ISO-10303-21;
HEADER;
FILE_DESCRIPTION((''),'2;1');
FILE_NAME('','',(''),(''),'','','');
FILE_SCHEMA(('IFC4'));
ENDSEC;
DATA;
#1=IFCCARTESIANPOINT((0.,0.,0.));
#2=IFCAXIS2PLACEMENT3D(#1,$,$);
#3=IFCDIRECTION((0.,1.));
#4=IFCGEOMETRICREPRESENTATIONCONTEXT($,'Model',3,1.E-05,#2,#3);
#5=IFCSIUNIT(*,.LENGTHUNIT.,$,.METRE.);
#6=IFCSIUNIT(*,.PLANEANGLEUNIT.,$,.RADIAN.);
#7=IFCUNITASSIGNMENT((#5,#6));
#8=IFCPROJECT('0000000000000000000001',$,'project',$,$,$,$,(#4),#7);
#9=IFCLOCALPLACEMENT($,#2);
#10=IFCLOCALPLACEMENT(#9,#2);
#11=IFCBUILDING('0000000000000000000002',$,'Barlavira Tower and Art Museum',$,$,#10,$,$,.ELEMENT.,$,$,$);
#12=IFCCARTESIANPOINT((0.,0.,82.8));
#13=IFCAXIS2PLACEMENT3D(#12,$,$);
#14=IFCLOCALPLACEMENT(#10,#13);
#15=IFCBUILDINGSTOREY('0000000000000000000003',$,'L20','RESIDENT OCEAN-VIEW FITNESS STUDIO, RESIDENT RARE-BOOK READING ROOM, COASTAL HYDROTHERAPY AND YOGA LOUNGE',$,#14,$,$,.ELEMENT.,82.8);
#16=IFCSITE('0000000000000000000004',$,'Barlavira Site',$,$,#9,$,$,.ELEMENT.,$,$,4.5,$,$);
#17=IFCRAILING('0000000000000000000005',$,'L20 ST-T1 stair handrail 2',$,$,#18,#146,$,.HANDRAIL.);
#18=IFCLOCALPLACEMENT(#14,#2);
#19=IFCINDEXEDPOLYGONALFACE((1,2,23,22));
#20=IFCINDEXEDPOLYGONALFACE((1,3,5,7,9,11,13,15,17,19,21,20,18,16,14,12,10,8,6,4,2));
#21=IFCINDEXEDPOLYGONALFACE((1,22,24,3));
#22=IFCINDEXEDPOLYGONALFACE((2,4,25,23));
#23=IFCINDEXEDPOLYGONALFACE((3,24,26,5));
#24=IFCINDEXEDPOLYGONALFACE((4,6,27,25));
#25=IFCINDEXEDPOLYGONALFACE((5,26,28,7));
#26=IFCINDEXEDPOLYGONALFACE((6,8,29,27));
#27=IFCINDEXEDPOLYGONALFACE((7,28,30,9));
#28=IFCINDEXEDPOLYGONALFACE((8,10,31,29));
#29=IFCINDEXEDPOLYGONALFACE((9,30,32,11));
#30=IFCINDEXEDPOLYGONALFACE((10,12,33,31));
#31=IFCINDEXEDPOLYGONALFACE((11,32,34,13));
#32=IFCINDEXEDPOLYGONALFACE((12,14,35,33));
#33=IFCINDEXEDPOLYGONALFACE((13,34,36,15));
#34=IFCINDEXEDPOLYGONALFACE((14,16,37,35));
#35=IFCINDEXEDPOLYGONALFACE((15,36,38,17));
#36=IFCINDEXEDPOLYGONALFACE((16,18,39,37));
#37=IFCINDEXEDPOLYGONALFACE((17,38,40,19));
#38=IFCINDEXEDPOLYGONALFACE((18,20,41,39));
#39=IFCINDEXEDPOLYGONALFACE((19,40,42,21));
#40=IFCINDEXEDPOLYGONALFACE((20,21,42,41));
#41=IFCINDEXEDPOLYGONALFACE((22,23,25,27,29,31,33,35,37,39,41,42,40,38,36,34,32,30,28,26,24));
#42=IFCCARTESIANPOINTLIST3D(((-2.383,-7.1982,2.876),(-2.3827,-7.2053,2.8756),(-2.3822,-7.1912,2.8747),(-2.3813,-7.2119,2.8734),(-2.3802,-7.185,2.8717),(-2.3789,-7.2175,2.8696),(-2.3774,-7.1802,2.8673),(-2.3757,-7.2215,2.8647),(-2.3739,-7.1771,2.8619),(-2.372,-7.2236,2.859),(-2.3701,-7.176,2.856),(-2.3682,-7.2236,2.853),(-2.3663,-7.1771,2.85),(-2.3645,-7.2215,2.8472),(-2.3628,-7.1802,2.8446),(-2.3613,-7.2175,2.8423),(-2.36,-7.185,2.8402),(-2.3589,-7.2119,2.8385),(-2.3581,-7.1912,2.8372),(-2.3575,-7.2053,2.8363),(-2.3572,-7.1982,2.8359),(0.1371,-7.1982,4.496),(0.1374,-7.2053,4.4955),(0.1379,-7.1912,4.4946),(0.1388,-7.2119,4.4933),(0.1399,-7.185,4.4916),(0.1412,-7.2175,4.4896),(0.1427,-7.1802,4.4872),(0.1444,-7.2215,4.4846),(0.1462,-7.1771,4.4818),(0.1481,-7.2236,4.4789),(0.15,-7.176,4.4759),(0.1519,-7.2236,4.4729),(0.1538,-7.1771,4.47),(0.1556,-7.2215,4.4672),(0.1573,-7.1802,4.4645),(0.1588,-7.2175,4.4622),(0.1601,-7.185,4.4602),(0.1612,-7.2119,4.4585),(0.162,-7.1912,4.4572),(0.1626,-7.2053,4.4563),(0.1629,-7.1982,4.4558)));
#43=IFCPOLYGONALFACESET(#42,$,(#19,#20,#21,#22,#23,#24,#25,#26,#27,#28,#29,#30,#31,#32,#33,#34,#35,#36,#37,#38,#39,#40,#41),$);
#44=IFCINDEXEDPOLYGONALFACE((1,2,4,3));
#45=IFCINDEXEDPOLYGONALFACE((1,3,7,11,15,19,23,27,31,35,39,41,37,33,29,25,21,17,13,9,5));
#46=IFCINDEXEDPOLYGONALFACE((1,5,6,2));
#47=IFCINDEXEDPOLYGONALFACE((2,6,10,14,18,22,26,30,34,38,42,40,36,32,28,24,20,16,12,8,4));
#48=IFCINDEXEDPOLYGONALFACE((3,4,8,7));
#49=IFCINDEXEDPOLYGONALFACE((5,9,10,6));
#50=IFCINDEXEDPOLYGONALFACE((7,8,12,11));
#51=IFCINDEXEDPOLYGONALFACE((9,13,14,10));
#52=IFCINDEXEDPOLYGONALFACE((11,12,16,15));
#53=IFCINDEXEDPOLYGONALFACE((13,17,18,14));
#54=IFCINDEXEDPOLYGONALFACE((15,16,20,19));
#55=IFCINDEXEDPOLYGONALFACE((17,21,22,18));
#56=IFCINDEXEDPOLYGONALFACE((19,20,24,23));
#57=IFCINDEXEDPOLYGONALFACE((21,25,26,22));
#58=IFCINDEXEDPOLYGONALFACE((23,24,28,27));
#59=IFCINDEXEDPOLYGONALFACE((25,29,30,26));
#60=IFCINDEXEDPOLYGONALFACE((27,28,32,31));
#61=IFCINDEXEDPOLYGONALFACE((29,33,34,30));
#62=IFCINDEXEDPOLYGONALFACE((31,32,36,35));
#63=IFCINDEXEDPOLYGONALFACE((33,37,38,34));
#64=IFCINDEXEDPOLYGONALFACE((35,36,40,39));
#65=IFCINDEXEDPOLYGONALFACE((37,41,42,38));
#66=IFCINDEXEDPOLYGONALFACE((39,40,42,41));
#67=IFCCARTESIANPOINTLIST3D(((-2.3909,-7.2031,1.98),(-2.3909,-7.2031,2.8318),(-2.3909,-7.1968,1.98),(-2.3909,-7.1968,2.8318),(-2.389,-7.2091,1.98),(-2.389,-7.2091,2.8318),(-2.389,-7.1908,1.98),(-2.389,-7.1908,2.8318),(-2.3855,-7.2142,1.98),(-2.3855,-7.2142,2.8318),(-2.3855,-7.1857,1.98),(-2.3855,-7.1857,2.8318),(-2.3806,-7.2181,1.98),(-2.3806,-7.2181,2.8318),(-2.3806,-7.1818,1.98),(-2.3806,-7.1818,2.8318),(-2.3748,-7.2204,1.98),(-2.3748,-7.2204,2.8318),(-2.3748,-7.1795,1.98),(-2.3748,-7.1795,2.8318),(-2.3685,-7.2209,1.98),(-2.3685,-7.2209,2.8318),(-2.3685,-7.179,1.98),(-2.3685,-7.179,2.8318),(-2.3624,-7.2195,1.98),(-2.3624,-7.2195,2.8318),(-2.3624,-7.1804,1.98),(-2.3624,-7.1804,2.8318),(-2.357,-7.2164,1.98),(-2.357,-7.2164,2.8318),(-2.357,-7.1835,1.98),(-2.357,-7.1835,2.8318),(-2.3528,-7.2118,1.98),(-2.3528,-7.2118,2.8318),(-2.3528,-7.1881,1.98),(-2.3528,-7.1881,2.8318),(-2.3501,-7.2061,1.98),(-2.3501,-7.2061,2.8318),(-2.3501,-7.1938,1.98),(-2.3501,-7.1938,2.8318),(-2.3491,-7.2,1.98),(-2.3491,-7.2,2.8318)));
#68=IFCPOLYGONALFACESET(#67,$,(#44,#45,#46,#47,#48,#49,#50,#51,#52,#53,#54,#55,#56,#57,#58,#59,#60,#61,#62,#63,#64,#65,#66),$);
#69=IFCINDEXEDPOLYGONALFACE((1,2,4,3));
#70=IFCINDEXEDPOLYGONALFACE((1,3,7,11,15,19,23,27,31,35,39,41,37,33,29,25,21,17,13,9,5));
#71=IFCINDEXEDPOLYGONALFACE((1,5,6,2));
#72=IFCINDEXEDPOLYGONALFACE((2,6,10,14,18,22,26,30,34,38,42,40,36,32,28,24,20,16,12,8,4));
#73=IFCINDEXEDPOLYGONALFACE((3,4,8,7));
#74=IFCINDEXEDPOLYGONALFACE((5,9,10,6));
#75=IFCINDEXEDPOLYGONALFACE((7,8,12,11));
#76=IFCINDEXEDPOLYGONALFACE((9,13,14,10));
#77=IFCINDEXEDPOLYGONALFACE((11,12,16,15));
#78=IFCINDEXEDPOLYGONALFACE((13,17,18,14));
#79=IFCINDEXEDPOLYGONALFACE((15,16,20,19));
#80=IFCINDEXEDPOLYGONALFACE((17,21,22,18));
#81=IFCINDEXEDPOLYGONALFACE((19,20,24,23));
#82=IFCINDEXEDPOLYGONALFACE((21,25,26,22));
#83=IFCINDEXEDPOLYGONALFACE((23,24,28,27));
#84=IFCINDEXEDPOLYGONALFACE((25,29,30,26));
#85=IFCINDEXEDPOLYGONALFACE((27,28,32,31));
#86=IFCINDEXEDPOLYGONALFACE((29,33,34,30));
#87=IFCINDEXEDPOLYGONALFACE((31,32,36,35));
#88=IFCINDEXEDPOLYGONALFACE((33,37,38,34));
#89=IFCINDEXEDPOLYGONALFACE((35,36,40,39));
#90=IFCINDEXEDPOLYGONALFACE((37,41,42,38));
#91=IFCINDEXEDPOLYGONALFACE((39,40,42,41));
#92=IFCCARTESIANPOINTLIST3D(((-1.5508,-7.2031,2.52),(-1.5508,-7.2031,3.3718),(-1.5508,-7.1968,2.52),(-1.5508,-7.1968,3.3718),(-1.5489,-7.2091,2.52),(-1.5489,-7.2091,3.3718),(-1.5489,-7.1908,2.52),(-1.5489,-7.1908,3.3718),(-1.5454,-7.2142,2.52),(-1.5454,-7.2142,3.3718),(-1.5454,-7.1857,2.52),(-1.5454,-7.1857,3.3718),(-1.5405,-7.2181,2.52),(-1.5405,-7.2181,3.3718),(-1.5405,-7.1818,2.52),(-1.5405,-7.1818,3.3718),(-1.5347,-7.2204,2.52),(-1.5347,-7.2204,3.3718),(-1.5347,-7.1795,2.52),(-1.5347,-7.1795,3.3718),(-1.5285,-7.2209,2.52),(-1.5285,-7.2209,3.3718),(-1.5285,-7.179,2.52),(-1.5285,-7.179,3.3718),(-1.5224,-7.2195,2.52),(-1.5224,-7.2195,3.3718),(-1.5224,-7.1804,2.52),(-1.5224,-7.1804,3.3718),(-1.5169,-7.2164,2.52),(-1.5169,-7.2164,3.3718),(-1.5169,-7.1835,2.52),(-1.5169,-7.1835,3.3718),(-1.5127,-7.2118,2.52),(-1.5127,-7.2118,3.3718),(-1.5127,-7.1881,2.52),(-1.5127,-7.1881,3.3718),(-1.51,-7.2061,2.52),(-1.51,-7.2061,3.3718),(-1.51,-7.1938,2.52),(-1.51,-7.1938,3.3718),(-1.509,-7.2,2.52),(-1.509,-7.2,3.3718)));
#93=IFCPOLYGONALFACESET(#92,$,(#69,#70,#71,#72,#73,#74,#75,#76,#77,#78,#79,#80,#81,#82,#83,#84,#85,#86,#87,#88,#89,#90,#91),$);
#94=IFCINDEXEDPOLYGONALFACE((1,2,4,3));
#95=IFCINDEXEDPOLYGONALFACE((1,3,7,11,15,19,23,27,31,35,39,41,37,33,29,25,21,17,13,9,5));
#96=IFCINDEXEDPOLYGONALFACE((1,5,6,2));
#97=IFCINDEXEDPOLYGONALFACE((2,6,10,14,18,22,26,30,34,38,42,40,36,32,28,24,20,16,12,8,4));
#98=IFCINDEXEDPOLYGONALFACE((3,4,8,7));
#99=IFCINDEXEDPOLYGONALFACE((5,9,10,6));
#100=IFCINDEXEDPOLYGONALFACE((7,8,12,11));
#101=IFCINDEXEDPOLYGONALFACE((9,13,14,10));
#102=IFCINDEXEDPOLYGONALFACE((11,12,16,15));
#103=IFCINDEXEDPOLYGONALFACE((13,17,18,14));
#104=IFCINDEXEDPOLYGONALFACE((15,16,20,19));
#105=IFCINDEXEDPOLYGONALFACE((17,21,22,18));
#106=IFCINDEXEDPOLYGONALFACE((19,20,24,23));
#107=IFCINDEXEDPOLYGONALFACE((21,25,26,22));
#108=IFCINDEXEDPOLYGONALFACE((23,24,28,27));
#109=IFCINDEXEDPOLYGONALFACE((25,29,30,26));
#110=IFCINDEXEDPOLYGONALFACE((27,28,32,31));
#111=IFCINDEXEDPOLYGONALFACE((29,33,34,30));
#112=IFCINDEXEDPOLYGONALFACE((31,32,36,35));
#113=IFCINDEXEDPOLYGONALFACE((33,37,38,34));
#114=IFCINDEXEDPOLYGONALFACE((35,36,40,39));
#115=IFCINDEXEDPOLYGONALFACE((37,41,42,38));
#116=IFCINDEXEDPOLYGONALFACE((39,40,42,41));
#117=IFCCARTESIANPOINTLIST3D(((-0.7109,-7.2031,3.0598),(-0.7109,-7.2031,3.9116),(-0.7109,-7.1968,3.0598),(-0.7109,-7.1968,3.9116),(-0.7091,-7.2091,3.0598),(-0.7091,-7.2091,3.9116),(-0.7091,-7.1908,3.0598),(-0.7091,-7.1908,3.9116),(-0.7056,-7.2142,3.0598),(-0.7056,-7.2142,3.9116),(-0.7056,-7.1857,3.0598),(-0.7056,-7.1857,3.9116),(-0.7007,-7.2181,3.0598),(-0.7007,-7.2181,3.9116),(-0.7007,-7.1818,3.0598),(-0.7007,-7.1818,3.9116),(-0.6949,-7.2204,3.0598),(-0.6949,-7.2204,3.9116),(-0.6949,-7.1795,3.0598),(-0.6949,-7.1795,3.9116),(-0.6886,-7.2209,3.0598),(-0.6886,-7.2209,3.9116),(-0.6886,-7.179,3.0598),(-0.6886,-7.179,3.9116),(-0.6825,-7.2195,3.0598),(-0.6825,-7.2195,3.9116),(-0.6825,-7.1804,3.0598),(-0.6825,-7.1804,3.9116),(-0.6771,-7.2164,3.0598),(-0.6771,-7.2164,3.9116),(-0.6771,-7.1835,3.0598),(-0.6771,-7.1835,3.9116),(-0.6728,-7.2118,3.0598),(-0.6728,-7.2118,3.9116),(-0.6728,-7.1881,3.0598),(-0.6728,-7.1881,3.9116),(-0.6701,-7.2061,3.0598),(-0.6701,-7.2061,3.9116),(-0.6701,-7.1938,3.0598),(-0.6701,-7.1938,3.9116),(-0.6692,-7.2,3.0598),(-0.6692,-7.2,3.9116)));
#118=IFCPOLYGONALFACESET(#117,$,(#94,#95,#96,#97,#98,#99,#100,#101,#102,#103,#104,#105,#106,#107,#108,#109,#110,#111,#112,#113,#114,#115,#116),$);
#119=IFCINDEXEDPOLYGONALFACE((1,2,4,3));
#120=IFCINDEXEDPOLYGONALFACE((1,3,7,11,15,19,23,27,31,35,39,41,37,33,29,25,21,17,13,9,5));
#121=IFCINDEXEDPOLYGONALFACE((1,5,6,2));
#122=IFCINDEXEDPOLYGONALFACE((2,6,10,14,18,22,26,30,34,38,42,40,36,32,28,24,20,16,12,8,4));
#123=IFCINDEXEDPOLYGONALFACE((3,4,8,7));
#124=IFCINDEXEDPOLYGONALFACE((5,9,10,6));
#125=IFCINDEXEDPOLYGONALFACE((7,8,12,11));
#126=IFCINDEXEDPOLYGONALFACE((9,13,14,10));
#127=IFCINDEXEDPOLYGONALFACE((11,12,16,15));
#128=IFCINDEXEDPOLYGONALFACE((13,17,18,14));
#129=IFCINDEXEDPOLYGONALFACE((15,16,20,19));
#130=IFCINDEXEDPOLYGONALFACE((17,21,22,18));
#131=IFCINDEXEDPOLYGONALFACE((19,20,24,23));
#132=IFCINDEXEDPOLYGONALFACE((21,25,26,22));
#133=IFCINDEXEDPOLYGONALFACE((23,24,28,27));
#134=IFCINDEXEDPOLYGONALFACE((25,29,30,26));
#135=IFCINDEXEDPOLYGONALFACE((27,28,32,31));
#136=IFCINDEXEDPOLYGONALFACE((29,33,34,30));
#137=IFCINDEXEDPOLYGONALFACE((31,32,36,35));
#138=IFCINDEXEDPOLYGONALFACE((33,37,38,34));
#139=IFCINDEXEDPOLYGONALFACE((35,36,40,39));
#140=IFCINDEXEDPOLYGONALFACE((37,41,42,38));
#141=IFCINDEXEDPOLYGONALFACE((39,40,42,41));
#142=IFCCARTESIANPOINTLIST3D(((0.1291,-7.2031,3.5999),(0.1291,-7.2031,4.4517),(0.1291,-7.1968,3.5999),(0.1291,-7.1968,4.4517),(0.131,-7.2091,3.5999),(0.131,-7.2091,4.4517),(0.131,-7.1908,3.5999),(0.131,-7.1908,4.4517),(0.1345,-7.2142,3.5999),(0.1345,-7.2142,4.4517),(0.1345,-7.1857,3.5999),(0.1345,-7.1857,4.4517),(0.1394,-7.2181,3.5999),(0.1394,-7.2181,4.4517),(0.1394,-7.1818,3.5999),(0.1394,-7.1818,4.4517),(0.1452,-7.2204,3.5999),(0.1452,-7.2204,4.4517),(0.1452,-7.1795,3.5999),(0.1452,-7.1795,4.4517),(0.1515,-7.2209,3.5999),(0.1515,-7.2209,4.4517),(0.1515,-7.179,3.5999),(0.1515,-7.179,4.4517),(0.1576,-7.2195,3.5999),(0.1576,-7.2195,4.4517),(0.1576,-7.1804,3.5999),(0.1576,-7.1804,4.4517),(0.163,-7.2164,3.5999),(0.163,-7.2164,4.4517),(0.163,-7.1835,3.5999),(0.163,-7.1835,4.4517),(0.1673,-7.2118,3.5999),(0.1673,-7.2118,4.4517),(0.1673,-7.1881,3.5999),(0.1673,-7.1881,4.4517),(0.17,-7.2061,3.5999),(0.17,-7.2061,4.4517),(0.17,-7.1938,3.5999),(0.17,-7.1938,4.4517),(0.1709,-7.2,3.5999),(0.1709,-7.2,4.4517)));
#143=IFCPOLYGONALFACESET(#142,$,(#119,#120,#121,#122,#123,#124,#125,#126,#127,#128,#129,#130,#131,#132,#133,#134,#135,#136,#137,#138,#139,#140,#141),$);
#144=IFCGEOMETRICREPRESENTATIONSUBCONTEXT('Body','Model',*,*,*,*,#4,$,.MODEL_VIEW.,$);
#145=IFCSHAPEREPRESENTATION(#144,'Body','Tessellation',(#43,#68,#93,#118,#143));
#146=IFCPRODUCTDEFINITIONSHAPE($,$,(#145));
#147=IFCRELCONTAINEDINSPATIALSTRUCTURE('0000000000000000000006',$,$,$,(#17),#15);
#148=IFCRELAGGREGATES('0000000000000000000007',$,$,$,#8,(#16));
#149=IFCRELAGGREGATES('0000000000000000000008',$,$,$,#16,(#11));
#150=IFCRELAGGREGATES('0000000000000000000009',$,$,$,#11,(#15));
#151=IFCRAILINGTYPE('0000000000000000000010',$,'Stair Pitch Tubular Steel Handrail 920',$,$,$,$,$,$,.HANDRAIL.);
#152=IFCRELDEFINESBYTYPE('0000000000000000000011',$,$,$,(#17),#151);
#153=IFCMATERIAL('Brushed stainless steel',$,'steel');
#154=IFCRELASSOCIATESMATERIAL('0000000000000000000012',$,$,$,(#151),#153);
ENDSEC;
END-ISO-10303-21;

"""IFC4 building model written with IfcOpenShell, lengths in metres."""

from ifc_helpers import new_model, si_unit, direction, frame, origin, origin_2d, place, context, subcontext, project, spatial, circle, extrude, material, type_object, element, save


model = new_model("IFC4")

# Units and contexts
model_context = context("Model", 3, precision=1e-05, world=origin(), true_north=direction((0.0, 1.0)))
body_context = subcontext(model_context, "Body", "Model", "MODEL_VIEW")
ifc_project = project(units=[si_unit("LENGTHUNIT", "METRE"), si_unit("PLANEANGLEUNIT", "RADIAN")], contexts=[model_context])

# Site, building, storey
site_placement = place(None, origin())
site = spatial("IfcSite", under=ifc_project, at=site_placement, Name="Barlavira Site", CompositionType="ELEMENT", RefElevation=4.5)
building_placement = place(site_placement, origin())
building = spatial("IfcBuilding", under=site, at=building_placement, Name="Barlavira Tower and Art Museum", CompositionType="ELEMENT")
storey_placement = place(building_placement, frame((0.0, 0.0, 82.8)))
storey = spatial("IfcBuildingStorey", under=building, at=storey_placement, Name="L20", Description="RESIDENT OCEAN-VIEW FITNESS STUDIO, RESIDENT RARE-BOOK READING ROOM, COASTAL HYDROTHERAPY AND YOGA LOUNGE", CompositionType="ELEMENT", Elevation=82.8)

# Shared definitions
ifc_material_1 = material(Name="Brushed stainless steel", Category="steel")

# Railing
railing_type_1 = type_object("IfcRailingType", Name="Stair Pitch Tubular Steel Handrail 920", PredefinedType="HANDRAIL", material=ifc_material_1)
railing_1_placement = place(storey_placement, frame((-2.3701, -7.2, 1.98)))
element("IfcRailing", 1, at=railing_1_placement, inside=storey, type_object=railing_type_1, Name="L20 ST-T1 stair handrail 2", PredefinedType="HANDRAIL", context=body_context, shape_type="SweptSolid", body=[
    extrude(circle(Radius=0.0239, at=origin_2d()), frame((0.0, 0.0, 0.876), z_axis=(0.8412, 0.0, 0.540725), x_axis=(0.0, 1.0, 0.0)), (0.0, 0.0, 1.0), 2.9958),
    extrude(circle(Radius=0.021, at=origin_2d()), origin(), (0.0, 0.0, 1.0), 0.8518),
    extrude(circle(Radius=0.021, at=origin_2d()), frame((0.8401, 0.0, 0.54)), (0.0, 0.0, 1.0), 0.8518),
    extrude(circle(Radius=0.021, at=origin_2d()), frame((1.6799, 0.0, 1.0798)), (0.0, 0.0, 1.0), 0.8518),
    extrude(circle(Radius=0.021, at=origin_2d()), frame((2.52, 0.0, 1.6199)), (0.0, 0.0, 1.0), 0.8518),
])

save(model, "model.ifc")
